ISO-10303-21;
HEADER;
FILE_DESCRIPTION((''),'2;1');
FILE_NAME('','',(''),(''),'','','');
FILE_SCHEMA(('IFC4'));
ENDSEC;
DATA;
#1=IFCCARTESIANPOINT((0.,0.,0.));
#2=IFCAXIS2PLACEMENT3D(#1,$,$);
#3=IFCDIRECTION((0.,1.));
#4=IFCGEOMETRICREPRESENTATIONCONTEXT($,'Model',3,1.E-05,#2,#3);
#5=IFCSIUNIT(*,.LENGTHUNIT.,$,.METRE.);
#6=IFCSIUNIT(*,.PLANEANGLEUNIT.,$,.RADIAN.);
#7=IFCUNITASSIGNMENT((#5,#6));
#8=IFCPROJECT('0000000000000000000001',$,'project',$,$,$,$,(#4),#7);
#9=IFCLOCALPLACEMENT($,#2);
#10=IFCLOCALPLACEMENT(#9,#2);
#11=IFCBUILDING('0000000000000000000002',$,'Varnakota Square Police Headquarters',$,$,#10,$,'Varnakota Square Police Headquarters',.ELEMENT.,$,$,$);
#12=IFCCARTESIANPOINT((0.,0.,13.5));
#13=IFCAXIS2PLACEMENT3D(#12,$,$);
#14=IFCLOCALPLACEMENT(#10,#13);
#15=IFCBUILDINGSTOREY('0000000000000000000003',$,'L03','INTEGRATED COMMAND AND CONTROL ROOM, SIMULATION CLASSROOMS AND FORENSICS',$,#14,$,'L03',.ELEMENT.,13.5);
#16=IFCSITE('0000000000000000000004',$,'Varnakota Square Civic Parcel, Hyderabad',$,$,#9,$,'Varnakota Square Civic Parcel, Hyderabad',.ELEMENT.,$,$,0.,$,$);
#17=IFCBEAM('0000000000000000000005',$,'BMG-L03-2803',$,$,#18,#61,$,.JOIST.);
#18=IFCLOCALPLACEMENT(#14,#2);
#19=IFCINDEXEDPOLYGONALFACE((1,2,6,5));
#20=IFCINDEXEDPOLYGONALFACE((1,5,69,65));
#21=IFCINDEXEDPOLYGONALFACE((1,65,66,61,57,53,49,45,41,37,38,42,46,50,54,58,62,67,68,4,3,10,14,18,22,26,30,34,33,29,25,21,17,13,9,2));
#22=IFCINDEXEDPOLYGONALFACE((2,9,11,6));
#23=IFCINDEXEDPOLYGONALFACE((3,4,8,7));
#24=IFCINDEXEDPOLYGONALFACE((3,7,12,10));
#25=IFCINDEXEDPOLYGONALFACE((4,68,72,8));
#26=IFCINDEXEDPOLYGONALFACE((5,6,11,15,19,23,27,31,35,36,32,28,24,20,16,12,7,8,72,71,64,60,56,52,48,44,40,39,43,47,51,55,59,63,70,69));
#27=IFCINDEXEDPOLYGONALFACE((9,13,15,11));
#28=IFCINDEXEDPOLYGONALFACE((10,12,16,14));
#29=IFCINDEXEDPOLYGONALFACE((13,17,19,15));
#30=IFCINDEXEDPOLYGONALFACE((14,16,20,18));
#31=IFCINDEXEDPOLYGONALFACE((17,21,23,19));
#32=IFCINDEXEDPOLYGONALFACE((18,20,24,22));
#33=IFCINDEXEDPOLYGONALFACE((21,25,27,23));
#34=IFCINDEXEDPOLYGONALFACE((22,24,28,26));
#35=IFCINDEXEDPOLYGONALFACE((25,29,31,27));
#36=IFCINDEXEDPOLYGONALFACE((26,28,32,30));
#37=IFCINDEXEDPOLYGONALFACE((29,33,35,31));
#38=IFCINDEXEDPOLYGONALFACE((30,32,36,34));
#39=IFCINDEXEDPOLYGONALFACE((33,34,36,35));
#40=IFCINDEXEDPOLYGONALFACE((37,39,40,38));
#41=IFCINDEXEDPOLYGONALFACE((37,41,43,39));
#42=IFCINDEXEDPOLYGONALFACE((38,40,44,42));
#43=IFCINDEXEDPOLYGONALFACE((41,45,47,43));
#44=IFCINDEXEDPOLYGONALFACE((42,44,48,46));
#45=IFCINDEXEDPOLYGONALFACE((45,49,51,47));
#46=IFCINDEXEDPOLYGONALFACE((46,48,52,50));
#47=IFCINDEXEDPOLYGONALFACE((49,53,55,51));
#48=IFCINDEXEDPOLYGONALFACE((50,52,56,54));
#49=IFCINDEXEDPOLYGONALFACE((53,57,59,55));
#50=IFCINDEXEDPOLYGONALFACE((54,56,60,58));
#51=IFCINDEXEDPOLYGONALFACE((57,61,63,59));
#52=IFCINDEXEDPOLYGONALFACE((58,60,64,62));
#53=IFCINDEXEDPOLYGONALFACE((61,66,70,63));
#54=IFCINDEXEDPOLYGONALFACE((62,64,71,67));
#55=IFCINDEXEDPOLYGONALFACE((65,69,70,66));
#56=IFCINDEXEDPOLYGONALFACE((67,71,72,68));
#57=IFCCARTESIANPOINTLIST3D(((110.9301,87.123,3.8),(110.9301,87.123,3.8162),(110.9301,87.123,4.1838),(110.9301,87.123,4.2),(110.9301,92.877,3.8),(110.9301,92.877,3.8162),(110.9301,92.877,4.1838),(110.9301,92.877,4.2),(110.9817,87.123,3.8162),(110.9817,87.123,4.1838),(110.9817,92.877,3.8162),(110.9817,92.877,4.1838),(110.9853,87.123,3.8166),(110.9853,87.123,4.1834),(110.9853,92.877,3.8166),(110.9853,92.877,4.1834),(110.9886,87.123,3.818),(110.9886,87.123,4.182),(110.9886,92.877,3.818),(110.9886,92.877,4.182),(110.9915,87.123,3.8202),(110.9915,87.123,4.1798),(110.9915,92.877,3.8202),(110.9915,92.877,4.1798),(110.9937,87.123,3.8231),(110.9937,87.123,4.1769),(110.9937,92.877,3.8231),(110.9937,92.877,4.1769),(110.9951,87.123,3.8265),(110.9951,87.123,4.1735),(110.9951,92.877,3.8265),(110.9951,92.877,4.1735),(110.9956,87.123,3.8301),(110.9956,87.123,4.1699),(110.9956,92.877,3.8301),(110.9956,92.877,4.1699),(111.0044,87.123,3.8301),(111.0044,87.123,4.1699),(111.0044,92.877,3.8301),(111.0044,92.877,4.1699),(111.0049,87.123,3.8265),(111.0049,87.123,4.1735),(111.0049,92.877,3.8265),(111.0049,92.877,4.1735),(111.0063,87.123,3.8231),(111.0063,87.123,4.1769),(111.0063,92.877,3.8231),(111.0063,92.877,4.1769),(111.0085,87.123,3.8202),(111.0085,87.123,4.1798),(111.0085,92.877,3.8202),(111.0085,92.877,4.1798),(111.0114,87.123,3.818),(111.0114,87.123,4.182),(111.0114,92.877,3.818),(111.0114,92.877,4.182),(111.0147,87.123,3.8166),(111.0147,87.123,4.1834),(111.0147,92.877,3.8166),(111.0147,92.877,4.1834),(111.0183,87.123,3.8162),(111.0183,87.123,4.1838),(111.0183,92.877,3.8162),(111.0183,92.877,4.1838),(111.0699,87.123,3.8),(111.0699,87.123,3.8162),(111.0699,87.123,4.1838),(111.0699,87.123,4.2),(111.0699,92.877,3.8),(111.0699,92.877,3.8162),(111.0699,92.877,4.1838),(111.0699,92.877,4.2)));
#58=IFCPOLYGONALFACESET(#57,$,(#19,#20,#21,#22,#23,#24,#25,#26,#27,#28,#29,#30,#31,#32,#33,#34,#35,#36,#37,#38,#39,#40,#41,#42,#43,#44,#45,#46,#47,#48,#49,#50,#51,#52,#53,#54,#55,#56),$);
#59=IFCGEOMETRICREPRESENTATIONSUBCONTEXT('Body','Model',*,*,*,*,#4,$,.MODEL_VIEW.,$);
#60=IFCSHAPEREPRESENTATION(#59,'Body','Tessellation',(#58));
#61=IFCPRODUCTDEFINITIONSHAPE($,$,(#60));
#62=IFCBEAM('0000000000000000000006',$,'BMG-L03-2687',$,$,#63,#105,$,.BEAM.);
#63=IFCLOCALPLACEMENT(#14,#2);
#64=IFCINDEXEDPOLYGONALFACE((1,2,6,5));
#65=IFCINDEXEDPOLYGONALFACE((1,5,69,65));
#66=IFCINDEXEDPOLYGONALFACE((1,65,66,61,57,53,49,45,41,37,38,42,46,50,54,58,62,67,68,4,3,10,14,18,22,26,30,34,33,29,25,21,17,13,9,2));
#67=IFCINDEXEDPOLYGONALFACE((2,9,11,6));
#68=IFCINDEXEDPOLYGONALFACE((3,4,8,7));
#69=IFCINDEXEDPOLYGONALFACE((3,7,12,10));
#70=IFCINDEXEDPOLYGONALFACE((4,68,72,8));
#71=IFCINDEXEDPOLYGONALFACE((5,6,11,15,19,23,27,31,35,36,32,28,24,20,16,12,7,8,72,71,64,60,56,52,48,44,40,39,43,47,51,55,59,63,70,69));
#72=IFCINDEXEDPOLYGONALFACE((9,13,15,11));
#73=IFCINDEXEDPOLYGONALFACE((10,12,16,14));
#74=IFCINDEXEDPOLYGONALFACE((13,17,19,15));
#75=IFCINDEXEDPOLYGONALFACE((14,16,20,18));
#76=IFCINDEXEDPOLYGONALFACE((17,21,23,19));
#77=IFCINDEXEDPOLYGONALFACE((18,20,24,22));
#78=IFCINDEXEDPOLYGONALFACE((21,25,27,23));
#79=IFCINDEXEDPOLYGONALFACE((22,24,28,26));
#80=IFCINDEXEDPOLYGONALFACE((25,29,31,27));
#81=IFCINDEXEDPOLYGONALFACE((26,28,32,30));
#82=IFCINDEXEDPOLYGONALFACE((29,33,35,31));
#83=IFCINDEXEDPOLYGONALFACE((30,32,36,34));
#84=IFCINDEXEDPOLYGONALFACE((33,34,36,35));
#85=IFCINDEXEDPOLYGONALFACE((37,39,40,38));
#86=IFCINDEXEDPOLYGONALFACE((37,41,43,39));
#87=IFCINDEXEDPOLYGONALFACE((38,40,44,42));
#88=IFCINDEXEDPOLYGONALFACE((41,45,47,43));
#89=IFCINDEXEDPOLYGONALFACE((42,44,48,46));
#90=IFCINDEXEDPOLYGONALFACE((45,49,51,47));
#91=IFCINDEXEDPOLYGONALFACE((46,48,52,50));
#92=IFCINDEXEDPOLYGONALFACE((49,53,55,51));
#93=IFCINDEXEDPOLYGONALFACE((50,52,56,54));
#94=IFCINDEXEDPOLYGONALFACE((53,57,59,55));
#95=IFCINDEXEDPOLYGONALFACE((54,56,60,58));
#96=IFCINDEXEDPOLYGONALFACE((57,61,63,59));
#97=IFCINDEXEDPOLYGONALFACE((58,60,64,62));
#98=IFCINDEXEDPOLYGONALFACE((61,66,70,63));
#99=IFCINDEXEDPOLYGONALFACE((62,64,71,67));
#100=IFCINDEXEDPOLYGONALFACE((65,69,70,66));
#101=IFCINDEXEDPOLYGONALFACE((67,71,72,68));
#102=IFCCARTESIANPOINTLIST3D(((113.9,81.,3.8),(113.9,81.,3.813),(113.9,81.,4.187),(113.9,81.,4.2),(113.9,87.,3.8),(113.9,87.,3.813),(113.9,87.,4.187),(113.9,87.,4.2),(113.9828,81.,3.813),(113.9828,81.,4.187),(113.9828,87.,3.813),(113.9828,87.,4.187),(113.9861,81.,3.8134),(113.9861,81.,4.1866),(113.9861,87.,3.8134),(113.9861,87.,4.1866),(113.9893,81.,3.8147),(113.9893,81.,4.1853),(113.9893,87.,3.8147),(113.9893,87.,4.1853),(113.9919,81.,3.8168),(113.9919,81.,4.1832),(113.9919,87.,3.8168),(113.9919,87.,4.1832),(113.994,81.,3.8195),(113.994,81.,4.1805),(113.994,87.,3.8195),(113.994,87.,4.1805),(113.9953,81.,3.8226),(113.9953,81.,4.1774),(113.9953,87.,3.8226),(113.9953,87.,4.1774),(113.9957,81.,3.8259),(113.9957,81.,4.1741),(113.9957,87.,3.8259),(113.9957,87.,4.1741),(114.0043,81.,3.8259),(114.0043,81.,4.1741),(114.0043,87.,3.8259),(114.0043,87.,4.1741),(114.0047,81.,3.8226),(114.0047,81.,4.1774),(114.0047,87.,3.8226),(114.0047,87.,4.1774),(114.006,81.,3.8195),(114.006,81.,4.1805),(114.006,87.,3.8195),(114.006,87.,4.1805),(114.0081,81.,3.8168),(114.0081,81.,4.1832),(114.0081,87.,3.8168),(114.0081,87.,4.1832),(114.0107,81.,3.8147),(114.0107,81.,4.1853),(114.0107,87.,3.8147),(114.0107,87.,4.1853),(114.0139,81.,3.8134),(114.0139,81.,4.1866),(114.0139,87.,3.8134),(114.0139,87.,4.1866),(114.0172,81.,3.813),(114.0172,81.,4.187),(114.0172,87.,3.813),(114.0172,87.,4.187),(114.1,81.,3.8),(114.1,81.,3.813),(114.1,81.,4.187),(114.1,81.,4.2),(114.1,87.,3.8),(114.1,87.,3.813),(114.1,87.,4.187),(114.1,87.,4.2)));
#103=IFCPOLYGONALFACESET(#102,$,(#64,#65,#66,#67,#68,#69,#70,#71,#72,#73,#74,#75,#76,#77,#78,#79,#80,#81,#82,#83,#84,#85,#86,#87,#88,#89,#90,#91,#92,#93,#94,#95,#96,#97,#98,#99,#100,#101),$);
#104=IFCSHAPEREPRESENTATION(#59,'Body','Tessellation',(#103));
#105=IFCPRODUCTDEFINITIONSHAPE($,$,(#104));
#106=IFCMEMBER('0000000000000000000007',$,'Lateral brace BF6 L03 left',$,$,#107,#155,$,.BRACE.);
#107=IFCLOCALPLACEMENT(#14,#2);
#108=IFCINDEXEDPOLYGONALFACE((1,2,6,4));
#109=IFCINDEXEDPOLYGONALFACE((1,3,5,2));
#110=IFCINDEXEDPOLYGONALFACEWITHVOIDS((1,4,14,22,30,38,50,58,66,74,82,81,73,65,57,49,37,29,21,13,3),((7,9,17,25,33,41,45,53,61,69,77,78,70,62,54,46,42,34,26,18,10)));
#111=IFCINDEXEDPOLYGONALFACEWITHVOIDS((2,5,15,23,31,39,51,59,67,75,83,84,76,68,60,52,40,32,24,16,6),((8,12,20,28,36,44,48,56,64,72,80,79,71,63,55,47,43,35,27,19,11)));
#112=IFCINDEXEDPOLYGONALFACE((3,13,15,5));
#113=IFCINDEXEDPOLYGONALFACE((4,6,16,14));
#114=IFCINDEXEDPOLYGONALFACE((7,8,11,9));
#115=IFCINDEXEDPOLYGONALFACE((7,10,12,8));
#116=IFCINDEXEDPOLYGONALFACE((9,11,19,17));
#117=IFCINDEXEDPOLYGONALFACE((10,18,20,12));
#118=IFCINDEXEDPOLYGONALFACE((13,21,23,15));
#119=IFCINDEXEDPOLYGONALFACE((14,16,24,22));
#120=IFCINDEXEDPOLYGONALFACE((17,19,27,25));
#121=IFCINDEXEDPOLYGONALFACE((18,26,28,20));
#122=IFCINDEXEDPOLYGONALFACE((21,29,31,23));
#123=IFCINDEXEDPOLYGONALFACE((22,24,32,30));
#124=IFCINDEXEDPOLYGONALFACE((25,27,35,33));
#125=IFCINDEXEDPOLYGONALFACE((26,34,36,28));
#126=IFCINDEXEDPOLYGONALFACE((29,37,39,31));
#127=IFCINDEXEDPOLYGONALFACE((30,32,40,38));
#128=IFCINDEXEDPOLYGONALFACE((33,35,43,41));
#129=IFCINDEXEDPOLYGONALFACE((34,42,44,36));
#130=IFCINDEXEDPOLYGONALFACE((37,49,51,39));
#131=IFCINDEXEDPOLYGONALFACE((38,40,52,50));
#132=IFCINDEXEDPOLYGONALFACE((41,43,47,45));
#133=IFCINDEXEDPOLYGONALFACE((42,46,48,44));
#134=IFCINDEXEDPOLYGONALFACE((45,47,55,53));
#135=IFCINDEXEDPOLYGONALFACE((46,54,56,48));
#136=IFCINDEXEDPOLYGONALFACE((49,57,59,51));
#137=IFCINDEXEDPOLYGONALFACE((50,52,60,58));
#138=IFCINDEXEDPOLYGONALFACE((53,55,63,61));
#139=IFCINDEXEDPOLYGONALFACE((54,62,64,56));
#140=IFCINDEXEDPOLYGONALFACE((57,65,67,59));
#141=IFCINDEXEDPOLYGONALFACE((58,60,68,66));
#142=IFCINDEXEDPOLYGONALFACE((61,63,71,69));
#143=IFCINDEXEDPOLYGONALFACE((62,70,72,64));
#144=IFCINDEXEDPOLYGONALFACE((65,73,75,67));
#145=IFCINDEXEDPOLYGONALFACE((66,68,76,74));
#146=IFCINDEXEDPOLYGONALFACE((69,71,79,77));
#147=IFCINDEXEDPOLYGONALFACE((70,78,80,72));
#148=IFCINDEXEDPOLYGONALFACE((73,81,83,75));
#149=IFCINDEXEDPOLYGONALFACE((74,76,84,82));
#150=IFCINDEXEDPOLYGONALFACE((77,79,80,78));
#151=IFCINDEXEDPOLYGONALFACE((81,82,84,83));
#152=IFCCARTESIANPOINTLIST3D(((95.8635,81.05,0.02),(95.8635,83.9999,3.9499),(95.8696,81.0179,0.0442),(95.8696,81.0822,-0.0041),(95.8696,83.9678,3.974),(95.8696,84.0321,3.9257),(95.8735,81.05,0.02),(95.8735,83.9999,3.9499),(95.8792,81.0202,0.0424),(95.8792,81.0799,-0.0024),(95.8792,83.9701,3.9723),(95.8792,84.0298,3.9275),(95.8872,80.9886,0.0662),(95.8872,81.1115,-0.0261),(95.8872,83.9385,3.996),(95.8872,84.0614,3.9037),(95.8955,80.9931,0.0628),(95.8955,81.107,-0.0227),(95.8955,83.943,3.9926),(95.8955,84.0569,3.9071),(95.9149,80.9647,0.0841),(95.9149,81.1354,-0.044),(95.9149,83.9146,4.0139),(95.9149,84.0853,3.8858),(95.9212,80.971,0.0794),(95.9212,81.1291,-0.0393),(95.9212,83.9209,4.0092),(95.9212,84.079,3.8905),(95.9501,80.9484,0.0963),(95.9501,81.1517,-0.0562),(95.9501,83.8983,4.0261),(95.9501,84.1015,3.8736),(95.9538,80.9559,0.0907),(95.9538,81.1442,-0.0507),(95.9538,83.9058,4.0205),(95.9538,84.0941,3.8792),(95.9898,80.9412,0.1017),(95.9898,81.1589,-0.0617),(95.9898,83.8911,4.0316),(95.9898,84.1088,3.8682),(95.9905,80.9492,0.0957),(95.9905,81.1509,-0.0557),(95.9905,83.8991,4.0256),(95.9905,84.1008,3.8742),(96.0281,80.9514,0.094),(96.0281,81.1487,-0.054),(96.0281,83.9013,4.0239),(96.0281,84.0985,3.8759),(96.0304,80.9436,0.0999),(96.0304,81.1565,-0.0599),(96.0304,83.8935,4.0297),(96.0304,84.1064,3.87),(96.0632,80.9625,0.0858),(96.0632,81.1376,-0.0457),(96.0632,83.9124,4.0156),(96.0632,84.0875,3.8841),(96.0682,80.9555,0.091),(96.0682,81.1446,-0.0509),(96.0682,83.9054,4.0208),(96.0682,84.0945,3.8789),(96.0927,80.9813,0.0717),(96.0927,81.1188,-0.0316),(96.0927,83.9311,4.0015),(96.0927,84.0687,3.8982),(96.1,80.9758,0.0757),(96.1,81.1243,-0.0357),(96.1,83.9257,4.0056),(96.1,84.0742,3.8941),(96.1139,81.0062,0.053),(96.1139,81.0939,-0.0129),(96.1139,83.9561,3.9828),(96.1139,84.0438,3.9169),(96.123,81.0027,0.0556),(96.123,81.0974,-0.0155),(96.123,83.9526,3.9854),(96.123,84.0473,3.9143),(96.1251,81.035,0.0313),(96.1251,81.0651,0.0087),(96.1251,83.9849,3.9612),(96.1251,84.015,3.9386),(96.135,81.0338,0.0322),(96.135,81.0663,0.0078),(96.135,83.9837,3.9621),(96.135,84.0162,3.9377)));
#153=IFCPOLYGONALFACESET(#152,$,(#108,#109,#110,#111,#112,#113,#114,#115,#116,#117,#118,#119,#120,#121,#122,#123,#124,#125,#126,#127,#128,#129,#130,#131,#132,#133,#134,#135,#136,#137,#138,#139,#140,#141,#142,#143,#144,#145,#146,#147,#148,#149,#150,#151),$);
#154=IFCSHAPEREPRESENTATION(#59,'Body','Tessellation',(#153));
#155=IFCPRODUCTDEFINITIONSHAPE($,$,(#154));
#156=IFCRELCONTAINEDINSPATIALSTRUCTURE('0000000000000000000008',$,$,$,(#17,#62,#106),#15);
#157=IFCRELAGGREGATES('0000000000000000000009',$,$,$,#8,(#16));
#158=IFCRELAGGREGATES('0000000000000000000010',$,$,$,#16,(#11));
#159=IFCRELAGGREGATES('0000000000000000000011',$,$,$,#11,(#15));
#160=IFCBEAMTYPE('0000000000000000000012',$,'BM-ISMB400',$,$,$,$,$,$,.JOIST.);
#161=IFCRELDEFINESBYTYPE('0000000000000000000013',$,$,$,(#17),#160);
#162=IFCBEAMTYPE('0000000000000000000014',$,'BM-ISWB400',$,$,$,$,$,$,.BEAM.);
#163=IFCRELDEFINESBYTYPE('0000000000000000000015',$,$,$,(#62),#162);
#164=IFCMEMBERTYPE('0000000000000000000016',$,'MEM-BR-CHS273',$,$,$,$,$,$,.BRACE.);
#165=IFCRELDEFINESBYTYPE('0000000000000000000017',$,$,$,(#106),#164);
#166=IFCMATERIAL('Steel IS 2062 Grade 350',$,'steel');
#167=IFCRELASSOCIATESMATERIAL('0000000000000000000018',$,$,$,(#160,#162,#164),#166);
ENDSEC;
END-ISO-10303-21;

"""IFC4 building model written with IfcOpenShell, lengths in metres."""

from ifc_helpers import new_model, si_unit, direction, frame, origin, origin_2d, place, context, subcontext, project, spatial, hollow_circle, i_section, extrude, material, material_profile, profile_set, type_object, element, save


model = new_model("IFC4")

# Units and contexts
model_context = context("Model", 3, precision=1e-05, world=origin(), true_north=direction((0.0, 1.0)))
body_context = subcontext(model_context, "Body", "Model", "MODEL_VIEW")
ifc_project = project(units=[si_unit("LENGTHUNIT", "METRE"), si_unit("PLANEANGLEUNIT", "RADIAN")], contexts=[model_context])

# Site, building, storey
site_placement = place(None, origin())
site = spatial("IfcSite", under=ifc_project, at=site_placement, Name="Varnakota Square Civic Parcel, Hyderabad", LongName="Varnakota Square Civic Parcel, Hyderabad", CompositionType="ELEMENT", RefElevation=0.0)
building_placement = place(site_placement, origin())
building = spatial("IfcBuilding", under=site, at=building_placement, Name="Varnakota Square Police Headquarters", LongName="Varnakota Square Police Headquarters", CompositionType="ELEMENT")
storey_placement = place(building_placement, frame((0.0, 0.0, 13.5)))
storey = spatial("IfcBuildingStorey", under=building, at=storey_placement, Name="L03", Description="INTEGRATED COMMAND AND CONTROL ROOM, SIMULATION CLASSROOMS AND FORENSICS", LongName="L03", CompositionType="ELEMENT", Elevation=13.5)

# Shared definitions
ifc_material_1 = material(Name="Steel IS 2062 Grade 350", Category="steel")

# Beams
ifc_material_profile_1 = material_profile(ifc_material_1, i_section(OverallWidth=0.1399, OverallDepth=0.3999, WebThickness=0.0088, FlangeThickness=0.0161, FilletRadius=0.0139, at=origin_2d()), Name="ISMB 400")
ifc_profile_set_1 = profile_set([ifc_material_profile_1], Name="Steel IS 2062 Grade 350")
beam_type_1 = type_object("IfcBeamType", Name="BM-ISMB400", PredefinedType="JOIST", material=ifc_profile_set_1)
beam_1_placement = place(storey_placement, frame((111.0, 87.123, 4.0), z_axis=(0.0, 1.0, 0.0), x_axis=(-1.0, 0.0, 0.0)))
element("IfcBeam", 1, at=beam_1_placement, inside=storey, type_object=beam_type_1, Name="BMG-L03-2803", PredefinedType="JOIST", context=body_context, shape_type="SweptSolid", body=[
    extrude(i_section(OverallWidth=0.1399, OverallDepth=0.3999, WebThickness=0.0088, FlangeThickness=0.0161, FilletRadius=0.0139, at=origin_2d()), origin(), (0.0, 0.0, 1.0), 5.7539),
])
ifc_material_profile_2 = material_profile(ifc_material_1, i_section(OverallWidth=0.2, OverallDepth=0.3999, WebThickness=0.0085, FlangeThickness=0.0129, FilletRadius=0.0129, at=origin_2d()), Name="ISWB 400")
ifc_profile_set_2 = profile_set([ifc_material_profile_2], Name="Steel IS 2062 Grade 350")
beam_type_2 = type_object("IfcBeamType", Name="BM-ISWB400", PredefinedType="BEAM", material=ifc_profile_set_2)
beam_2_placement = place(storey_placement, frame((114.0, 81.0, 4.0), z_axis=(0.0, 1.0, 0.0), x_axis=(-1.0, 0.0, 0.0)))
element("IfcBeam", 2, at=beam_2_placement, inside=storey, type_object=beam_type_2, Name="BMG-L03-2687", PredefinedType="BEAM", context=body_context, shape_type="SweptSolid", body=[
    extrude(i_section(OverallWidth=0.2, OverallDepth=0.3999, WebThickness=0.0085, FlangeThickness=0.0129, FilletRadius=0.0129, at=origin_2d()), origin(), (0.0, 0.0, 1.0), 6.0),
])

# Member
ifc_material_profile_3 = material_profile(ifc_material_1, hollow_circle(Radius=0.1365, WallThickness=0.01, at=origin_2d()), Name="CHS 273.0x10.0")
ifc_profile_set_3 = profile_set([ifc_material_profile_3], Name="Steel IS 2062 Grade 350")
member_type = type_object("IfcMemberType", Name="MEM-BR-CHS273", PredefinedType="BRACE", material=ifc_profile_set_3)
for number, where, z_axis, x_axis, name in (
    (3, (96.0, 81.05, 0.02), (0.0, 0.600326, 0.799755), (-1.0, 0.0, 0.0), "Lateral brace BF6 L03 left"),
):
    element("IfcMember", number, at=place(storey_placement, frame(where, z_axis=z_axis, x_axis=x_axis)), inside=storey, type_object=member_type, Name=name, PredefinedType="BRACE", context=body_context, shape_type="SweptSolid", body=[
        extrude(hollow_circle(Radius=0.1365, WallThickness=0.01, at=origin_2d()), origin(), (0.0, 0.0, 1.0), 4.9138),
    ])

save(model, "model.ifc")
